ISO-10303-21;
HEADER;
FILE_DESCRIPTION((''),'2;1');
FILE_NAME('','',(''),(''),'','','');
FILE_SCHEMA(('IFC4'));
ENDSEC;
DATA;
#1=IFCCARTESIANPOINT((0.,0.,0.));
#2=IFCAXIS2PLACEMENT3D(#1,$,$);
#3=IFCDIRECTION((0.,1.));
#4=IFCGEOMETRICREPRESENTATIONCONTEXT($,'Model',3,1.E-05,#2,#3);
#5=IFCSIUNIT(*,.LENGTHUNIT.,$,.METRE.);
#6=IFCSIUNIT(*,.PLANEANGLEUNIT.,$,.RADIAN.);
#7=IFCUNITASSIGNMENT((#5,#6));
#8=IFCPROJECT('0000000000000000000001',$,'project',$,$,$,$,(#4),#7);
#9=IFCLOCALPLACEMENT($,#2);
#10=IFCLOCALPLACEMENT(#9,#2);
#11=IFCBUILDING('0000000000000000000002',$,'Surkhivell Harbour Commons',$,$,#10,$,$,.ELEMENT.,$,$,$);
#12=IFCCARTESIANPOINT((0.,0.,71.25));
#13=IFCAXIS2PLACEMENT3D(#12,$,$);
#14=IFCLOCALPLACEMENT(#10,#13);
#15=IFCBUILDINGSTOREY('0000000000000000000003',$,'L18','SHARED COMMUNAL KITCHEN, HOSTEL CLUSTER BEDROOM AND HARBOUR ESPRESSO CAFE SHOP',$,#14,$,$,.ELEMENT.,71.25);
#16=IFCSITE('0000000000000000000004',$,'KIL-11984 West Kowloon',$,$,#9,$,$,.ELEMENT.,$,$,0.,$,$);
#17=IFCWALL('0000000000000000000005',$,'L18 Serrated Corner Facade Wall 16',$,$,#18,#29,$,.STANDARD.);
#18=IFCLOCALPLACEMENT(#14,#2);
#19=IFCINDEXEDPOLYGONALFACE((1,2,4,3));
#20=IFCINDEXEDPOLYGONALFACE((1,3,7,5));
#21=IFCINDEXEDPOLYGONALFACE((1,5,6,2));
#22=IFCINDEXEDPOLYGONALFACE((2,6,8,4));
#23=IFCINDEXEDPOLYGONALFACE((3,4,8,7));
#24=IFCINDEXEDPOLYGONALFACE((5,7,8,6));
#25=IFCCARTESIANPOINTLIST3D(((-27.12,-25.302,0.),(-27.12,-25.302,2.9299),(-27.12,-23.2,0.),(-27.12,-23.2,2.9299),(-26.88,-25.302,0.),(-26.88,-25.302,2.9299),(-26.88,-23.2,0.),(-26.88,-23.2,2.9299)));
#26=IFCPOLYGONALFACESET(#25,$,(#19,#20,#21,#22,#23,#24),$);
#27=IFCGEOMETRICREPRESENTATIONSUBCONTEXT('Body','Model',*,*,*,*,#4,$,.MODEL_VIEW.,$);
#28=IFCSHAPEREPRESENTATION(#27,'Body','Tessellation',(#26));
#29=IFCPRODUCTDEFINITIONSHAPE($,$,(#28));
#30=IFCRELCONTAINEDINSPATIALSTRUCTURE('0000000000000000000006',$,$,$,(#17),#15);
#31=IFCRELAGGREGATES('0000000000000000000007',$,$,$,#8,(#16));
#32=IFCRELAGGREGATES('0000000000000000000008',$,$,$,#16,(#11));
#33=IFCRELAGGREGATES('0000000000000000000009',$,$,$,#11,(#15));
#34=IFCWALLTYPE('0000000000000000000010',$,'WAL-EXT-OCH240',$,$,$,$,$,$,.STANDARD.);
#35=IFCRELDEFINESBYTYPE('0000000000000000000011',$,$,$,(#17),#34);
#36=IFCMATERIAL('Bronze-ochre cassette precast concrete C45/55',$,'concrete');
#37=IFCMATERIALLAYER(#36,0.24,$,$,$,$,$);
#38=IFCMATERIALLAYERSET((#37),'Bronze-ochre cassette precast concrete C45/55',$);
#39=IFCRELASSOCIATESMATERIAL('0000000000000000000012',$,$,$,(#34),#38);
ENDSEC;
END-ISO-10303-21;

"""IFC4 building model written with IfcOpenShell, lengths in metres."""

from ifc_helpers import new_model, si_unit, direction, frame, frame_2d, origin, place, context, subcontext, project, spatial, rectangle, extrude, material, layer, layer_set, type_object, element, save


model = new_model("IFC4")

# Units and contexts
model_context = context("Model", 3, precision=1e-05, world=origin(), true_north=direction((0.0, 1.0)))
body_context = subcontext(model_context, "Body", "Model", "MODEL_VIEW")
ifc_project = project(units=[si_unit("LENGTHUNIT", "METRE"), si_unit("PLANEANGLEUNIT", "RADIAN")], contexts=[model_context])

# Site, building, storey
site_placement = place(None, origin())
site = spatial("IfcSite", under=ifc_project, at=site_placement, Name="KIL-11984 West Kowloon", CompositionType="ELEMENT", RefElevation=0.0)
building_placement = place(site_placement, origin())
building = spatial("IfcBuilding", under=site, at=building_placement, Name="Surkhivell Harbour Commons", CompositionType="ELEMENT")
storey_placement = place(building_placement, frame((0.0, 0.0, 71.25)))
storey = spatial("IfcBuildingStorey", under=building, at=storey_placement, Name="L18", Description="SHARED COMMUNAL KITCHEN, HOSTEL CLUSTER BEDROOM AND HARBOUR ESPRESSO CAFE SHOP", CompositionType="ELEMENT", Elevation=71.25)

# Wall
ifc_material_1 = material(Name="Bronze-ochre cassette precast concrete C45/55", Category="concrete")
ifc_layer_1 = layer(ifc_material_1, 0.24)
ifc_layer_set_1 = layer_set([ifc_layer_1], Name="Bronze-ochre cassette precast concrete C45/55")
wall_type = type_object("IfcWallType", Name="WAL-EXT-OCH240", PredefinedType="STANDARD", material=ifc_layer_set_1)
wall_1_placement = place(storey_placement, frame((-27.0, -23.2, 0.0), z_axis=(0.0, 0.0, 1.0), x_axis=(0.0, -1.0, 0.0)))
element("IfcWall", 1, at=wall_1_placement, inside=storey, type_object=wall_type, Name="L18 Serrated Corner Facade Wall 16", PredefinedType="STANDARD", context=body_context, shape_type="SweptSolid", body=[
    extrude(rectangle(XDim=2.1021, YDim=0.24, at=frame_2d((1.051, 0.0))), origin(), (0.0, 0.0, 1.0), 2.9299),
])

save(model, "model.ifc")
